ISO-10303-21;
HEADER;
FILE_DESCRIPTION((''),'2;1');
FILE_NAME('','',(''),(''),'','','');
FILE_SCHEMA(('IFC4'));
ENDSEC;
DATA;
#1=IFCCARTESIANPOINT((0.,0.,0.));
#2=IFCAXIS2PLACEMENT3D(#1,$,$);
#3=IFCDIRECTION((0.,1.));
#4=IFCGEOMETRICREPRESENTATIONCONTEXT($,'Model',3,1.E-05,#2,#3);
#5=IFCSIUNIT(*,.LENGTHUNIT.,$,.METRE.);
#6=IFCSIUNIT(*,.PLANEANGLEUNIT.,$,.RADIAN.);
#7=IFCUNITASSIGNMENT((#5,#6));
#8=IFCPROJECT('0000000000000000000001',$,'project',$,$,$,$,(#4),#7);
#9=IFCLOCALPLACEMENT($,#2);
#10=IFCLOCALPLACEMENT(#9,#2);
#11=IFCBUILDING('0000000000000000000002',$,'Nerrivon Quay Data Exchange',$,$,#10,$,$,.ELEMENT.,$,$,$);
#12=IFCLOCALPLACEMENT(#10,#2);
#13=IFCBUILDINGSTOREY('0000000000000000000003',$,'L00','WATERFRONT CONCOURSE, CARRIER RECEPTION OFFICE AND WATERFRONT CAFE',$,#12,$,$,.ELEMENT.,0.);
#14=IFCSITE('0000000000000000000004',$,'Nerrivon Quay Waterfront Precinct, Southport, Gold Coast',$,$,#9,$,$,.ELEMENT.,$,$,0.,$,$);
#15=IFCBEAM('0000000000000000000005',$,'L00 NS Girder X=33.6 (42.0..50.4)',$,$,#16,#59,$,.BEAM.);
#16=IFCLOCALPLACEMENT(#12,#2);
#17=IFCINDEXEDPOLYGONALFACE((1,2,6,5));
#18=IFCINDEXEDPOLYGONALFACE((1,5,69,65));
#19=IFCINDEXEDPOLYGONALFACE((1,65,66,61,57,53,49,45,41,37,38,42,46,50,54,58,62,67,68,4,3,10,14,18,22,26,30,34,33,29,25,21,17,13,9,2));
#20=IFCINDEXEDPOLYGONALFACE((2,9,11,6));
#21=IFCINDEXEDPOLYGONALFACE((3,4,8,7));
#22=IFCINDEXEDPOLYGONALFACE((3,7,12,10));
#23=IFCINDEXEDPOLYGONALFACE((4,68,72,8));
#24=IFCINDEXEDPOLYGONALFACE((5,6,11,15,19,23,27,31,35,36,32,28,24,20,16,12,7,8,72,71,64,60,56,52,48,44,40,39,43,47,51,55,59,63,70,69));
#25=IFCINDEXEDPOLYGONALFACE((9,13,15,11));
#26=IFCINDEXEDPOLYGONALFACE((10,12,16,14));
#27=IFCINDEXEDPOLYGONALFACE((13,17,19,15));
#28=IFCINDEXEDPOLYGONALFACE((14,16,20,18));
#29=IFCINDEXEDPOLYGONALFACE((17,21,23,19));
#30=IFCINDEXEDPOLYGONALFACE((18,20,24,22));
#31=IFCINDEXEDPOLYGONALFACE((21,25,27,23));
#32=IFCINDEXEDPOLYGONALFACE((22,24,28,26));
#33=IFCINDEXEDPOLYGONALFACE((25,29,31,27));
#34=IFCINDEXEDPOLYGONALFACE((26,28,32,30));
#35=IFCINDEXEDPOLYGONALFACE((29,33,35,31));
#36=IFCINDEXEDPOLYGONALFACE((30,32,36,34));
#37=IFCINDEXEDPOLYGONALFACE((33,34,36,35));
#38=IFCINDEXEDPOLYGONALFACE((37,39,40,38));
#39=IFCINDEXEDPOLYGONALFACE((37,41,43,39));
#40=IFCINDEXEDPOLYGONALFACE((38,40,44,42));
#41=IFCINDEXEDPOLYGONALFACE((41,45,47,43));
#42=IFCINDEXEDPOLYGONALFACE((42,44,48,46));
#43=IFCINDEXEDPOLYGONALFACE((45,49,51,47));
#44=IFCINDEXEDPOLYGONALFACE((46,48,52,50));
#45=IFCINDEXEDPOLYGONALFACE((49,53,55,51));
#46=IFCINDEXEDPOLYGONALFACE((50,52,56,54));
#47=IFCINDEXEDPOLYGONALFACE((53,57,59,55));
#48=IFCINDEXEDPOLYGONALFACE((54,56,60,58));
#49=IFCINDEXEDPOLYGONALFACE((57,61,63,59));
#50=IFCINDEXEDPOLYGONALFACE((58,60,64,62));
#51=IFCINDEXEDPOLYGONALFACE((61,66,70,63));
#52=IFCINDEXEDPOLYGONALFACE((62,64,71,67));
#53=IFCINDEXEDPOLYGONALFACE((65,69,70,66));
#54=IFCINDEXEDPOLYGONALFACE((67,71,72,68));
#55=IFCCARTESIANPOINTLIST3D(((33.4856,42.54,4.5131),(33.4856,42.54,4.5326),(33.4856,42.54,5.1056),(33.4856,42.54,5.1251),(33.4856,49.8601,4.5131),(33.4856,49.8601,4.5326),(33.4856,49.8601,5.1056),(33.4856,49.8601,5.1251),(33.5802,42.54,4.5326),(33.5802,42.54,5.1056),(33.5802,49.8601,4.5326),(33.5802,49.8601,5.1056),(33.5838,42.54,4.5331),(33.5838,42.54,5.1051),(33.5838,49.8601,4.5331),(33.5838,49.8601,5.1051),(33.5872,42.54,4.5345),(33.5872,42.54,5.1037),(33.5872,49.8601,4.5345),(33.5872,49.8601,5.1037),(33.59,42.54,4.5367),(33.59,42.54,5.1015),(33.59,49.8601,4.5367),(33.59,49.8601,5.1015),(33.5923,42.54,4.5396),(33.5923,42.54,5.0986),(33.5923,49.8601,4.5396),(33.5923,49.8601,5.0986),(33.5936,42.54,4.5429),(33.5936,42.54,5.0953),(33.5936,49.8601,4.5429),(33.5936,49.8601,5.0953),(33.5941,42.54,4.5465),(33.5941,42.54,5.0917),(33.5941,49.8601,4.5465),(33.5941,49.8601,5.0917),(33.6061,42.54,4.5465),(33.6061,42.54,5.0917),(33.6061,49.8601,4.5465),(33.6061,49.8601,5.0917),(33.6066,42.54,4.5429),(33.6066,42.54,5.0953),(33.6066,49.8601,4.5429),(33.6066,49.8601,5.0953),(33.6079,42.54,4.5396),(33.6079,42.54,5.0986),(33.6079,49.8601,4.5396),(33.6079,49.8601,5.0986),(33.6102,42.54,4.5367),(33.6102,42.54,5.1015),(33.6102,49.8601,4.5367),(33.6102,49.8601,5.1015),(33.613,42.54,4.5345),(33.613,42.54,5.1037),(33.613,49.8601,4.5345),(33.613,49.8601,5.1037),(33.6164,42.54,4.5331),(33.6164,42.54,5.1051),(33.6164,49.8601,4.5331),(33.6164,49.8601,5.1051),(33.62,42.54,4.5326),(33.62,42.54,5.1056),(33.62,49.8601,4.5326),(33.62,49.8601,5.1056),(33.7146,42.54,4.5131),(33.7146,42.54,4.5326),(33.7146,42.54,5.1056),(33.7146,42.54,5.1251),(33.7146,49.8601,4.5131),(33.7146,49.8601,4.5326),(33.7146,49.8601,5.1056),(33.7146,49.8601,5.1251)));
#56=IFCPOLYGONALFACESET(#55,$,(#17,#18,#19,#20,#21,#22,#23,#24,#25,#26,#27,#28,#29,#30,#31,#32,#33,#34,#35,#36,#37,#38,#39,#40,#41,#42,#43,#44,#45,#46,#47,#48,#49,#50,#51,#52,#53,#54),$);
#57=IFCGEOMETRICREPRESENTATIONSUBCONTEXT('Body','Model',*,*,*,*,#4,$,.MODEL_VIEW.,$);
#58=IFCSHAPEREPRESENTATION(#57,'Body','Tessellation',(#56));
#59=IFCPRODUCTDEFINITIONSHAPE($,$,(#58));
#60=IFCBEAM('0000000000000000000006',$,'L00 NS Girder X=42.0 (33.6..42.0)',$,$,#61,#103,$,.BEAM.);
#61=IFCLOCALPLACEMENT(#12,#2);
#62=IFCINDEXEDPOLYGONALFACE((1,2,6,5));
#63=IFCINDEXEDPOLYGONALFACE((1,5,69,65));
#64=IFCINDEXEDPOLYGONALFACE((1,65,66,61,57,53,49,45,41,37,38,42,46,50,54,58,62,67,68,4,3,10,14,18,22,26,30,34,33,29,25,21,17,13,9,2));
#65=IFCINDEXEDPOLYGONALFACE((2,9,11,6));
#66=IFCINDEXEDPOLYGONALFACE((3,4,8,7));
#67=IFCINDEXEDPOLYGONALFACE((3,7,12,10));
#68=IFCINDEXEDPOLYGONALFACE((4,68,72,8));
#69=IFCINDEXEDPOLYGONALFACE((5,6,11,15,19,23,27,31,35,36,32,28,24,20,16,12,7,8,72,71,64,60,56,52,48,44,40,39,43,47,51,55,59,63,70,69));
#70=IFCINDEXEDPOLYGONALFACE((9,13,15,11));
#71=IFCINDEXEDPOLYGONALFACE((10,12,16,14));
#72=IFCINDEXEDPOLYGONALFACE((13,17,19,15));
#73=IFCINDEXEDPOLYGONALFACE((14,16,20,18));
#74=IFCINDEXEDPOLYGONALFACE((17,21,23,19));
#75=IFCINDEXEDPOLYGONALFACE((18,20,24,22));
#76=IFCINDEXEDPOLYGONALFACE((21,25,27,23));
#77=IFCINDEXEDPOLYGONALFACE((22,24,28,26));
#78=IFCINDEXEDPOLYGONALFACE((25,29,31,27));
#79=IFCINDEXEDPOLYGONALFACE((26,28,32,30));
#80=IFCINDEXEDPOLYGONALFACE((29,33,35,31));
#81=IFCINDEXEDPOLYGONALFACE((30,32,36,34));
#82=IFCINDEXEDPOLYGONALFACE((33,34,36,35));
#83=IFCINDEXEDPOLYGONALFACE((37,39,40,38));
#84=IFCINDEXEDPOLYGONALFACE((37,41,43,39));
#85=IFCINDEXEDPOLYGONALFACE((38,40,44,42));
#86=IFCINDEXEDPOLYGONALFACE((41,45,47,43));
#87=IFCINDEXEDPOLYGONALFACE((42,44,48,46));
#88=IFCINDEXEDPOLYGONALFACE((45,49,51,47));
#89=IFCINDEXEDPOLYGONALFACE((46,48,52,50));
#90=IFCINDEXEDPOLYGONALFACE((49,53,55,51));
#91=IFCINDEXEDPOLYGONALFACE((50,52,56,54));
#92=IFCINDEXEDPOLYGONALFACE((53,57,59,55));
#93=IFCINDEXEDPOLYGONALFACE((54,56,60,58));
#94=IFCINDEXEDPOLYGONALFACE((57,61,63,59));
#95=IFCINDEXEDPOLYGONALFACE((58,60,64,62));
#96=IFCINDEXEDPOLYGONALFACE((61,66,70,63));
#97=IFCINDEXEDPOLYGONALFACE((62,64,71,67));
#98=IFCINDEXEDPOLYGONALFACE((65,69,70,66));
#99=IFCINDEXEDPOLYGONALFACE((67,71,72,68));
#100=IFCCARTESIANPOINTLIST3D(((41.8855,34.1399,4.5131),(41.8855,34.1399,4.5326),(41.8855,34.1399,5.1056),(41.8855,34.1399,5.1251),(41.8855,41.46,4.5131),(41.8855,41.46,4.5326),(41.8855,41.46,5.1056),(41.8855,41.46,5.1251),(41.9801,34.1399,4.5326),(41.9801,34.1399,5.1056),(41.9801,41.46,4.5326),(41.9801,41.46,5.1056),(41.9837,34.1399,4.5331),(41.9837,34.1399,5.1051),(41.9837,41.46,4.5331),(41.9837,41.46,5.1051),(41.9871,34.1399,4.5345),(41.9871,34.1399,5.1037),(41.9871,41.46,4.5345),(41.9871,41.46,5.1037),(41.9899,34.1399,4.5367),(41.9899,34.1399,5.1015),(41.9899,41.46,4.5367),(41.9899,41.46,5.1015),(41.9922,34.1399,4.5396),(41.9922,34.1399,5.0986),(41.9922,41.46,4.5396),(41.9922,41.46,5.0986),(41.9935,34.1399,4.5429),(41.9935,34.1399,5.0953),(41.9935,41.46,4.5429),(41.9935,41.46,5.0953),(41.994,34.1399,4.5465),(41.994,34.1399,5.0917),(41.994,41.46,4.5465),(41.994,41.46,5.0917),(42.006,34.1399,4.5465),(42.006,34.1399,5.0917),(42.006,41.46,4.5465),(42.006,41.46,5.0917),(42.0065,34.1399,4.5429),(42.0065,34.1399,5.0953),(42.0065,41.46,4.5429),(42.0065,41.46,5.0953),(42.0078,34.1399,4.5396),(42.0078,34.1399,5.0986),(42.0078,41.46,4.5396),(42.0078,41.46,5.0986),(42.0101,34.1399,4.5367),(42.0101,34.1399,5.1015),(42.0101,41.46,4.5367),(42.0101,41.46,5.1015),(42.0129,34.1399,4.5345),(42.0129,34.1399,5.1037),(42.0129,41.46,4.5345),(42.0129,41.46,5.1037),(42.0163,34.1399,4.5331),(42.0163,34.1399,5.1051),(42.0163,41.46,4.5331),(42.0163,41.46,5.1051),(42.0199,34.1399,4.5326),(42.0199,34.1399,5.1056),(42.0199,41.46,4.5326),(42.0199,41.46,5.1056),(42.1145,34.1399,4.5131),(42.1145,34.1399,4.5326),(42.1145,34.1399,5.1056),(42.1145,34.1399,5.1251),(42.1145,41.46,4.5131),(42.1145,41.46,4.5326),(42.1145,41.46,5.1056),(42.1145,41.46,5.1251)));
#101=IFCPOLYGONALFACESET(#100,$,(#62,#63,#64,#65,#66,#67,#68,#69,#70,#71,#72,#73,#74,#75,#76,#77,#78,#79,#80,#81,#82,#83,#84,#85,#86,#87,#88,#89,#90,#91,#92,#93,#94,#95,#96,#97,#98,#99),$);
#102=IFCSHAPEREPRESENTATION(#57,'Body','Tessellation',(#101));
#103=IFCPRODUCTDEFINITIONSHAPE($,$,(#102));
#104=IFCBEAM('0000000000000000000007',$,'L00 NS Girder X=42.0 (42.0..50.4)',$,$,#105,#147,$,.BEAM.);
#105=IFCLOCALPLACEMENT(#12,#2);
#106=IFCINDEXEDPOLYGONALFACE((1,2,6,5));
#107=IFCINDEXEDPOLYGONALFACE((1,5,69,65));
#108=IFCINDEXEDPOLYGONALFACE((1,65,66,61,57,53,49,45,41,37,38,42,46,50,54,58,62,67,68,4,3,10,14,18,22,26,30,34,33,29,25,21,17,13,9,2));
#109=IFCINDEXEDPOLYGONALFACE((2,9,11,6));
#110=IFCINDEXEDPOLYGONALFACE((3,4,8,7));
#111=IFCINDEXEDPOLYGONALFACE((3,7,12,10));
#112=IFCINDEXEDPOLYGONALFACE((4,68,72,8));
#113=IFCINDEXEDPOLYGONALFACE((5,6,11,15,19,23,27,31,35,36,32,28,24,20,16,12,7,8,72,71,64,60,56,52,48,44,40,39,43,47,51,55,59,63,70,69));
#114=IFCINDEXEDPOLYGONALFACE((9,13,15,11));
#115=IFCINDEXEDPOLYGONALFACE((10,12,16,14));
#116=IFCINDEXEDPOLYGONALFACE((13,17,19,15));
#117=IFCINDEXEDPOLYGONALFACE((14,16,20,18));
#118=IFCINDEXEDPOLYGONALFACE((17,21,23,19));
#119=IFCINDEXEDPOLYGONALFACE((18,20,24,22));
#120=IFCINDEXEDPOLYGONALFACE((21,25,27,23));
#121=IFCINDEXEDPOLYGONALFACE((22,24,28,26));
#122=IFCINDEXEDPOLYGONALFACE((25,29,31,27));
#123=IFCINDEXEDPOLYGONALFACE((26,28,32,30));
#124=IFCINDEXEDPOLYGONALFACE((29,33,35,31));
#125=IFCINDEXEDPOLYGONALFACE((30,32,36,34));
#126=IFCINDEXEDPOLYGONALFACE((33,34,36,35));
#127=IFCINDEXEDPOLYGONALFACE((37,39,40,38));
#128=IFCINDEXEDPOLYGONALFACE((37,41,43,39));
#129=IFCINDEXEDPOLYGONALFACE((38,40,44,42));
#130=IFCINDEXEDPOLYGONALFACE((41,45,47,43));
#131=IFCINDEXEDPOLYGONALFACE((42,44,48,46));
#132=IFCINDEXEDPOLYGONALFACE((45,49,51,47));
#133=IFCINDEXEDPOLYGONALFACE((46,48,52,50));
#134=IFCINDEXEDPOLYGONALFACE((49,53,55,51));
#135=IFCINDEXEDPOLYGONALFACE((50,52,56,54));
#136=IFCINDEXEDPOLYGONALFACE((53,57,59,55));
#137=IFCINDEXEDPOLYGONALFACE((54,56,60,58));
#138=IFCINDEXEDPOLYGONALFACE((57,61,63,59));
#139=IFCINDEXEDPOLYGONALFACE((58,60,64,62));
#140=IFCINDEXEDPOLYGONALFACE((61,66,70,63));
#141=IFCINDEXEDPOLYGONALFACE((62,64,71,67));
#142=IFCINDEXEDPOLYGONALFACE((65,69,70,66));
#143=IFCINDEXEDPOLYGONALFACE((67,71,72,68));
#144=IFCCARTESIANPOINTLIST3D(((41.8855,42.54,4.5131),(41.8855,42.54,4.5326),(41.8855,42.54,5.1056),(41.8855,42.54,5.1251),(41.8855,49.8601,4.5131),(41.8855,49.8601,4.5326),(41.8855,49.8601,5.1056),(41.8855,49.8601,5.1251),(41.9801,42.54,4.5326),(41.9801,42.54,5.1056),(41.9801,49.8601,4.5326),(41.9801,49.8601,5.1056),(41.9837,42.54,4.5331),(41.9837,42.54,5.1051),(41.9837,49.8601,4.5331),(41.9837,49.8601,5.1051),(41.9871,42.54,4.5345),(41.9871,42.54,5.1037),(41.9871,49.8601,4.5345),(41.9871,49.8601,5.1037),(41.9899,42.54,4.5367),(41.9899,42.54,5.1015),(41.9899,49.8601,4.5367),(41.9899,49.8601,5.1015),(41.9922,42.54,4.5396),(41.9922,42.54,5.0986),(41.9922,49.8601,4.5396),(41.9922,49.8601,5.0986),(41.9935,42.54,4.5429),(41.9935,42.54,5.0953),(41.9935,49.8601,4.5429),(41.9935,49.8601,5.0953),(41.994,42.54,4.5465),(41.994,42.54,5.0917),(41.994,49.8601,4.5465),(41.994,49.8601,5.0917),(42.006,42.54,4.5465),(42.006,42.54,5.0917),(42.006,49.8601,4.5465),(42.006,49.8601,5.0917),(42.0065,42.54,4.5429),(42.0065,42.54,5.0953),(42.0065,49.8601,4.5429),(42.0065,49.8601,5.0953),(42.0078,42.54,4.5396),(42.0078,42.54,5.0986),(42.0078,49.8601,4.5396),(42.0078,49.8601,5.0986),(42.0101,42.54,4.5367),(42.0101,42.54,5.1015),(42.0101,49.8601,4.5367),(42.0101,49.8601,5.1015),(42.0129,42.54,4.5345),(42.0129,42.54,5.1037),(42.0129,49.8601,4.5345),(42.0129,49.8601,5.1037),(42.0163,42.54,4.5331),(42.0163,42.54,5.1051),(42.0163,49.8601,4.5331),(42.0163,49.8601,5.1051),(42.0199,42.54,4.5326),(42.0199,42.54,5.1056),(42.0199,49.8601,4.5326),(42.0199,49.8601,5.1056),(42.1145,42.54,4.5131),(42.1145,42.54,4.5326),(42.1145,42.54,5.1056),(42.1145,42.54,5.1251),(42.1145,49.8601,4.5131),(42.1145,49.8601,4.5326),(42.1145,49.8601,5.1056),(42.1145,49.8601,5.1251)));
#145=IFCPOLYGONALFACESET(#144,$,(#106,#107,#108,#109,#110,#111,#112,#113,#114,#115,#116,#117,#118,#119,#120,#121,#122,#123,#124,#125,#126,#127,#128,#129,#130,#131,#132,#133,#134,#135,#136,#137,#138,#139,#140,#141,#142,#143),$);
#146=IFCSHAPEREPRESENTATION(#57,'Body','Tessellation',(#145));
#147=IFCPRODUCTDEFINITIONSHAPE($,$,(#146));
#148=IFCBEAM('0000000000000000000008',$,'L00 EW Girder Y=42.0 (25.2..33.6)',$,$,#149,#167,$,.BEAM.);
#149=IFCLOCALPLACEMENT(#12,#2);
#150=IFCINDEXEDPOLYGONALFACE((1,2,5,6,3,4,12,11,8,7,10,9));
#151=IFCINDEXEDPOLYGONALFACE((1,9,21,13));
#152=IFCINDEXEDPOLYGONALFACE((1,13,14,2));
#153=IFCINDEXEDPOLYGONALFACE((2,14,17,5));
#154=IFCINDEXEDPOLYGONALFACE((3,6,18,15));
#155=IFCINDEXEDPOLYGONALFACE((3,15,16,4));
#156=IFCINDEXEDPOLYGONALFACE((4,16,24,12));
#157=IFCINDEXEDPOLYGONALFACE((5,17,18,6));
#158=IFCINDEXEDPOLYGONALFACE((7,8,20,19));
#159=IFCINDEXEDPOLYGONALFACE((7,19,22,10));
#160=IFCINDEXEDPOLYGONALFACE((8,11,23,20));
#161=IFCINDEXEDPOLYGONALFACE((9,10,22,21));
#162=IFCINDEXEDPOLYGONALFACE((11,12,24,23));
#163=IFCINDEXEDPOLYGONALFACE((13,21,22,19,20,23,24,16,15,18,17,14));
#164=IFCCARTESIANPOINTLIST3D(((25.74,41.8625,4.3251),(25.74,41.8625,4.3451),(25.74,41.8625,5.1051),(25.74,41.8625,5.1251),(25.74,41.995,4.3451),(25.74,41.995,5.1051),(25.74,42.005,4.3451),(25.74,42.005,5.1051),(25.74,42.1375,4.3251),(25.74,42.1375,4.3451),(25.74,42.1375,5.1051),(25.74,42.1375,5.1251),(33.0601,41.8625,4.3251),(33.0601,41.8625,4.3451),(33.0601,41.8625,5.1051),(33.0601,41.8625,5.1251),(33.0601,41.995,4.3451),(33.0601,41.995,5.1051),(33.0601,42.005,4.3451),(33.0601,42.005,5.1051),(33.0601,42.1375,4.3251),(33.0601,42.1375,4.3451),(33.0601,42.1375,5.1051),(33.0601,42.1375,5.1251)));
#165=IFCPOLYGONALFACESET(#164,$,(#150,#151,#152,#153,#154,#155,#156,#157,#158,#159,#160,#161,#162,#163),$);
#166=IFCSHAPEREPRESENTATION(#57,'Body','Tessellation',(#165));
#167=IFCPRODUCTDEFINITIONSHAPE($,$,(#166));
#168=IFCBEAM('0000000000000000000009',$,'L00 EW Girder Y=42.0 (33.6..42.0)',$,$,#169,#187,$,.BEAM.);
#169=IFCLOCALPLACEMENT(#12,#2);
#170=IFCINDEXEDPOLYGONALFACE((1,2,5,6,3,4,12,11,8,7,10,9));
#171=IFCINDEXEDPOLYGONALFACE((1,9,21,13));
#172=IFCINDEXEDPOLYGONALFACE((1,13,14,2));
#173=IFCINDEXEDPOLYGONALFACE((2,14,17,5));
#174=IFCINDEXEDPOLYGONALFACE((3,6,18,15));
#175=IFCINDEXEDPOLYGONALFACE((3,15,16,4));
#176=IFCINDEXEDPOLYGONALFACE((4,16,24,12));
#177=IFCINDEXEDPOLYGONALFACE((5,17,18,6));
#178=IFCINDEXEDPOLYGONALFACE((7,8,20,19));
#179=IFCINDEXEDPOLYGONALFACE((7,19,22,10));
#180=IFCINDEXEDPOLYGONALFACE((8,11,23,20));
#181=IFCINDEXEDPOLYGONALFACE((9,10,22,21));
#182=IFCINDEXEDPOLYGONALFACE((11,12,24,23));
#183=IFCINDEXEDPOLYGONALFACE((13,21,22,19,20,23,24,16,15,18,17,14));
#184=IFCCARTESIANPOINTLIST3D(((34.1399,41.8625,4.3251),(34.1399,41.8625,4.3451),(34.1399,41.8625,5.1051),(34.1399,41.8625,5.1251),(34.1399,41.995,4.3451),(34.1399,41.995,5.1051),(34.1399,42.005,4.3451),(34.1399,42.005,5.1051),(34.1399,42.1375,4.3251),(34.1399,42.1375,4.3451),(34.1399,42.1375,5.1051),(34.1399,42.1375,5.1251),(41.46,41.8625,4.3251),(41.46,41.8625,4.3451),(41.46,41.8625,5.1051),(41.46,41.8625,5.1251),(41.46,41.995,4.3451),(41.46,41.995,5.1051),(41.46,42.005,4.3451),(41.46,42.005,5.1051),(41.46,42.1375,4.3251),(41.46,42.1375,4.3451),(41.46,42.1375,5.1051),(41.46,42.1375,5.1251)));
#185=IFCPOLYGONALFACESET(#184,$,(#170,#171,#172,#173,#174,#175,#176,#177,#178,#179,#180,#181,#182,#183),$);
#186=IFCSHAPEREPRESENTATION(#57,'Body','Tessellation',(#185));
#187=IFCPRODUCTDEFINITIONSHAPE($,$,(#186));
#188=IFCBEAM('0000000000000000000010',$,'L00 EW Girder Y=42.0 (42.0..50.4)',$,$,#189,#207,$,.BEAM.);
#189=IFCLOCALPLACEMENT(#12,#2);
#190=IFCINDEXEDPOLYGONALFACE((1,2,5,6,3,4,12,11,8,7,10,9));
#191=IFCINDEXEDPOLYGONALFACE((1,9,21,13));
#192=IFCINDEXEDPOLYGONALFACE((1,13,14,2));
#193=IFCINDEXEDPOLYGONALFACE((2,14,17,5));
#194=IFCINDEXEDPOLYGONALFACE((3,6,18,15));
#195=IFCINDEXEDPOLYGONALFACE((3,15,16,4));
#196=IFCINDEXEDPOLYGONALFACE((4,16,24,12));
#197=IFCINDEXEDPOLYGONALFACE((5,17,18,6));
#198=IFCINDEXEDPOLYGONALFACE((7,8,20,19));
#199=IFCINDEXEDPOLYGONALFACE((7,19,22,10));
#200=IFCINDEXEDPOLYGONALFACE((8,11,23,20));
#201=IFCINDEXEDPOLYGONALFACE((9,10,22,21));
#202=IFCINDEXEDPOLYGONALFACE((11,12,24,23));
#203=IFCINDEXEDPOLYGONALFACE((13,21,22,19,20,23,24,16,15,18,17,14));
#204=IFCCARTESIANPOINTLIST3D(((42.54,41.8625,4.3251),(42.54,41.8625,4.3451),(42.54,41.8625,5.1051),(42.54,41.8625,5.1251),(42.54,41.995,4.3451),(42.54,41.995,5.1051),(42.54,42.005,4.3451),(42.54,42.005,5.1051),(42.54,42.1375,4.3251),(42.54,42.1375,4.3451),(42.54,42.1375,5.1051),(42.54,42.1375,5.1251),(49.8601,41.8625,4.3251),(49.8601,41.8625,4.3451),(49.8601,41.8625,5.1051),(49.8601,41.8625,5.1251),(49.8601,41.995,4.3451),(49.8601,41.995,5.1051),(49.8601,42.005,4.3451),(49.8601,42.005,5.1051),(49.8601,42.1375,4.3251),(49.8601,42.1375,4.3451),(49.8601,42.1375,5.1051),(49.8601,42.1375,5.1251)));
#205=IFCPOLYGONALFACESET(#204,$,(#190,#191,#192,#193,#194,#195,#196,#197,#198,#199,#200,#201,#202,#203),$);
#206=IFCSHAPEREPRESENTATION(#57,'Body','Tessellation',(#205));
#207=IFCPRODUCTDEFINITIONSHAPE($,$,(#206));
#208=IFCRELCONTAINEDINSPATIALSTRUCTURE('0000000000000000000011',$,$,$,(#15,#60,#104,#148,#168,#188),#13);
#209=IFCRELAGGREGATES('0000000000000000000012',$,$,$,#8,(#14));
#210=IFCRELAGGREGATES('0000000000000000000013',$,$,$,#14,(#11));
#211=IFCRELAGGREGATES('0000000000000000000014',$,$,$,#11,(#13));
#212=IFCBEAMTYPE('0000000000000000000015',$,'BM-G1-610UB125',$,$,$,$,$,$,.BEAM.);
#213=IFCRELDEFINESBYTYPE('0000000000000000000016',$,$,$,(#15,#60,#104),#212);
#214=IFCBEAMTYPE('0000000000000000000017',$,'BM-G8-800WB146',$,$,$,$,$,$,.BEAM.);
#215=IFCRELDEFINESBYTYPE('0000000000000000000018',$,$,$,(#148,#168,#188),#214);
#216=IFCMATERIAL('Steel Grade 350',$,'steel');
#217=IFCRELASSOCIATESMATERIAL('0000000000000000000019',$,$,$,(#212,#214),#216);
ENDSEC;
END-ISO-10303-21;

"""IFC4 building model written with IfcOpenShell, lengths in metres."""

from ifc_helpers import new_model, si_unit, direction, frame, origin, origin_2d, place, context, subcontext, project, spatial, i_section, extrude, material, material_profile, profile_set, type_object, element, save


model = new_model("IFC4")

# Units and contexts
model_context = context("Model", 3, precision=1e-05, world=origin(), true_north=direction((0.0, 1.0)))
body_context = subcontext(model_context, "Body", "Model", "MODEL_VIEW")
ifc_project = project(units=[si_unit("LENGTHUNIT", "METRE"), si_unit("PLANEANGLEUNIT", "RADIAN")], contexts=[model_context])

# Site, building, storey
site_placement = place(None, origin())
site = spatial("IfcSite", under=ifc_project, at=site_placement, Name="Nerrivon Quay Waterfront Precinct, Southport, Gold Coast", CompositionType="ELEMENT", RefElevation=0.0)
building_placement = place(site_placement, origin())
building = spatial("IfcBuilding", under=site, at=building_placement, Name="Nerrivon Quay Data Exchange", CompositionType="ELEMENT")
storey_placement = place(building_placement, origin())
storey = spatial("IfcBuildingStorey", under=building, at=storey_placement, Name="L00", Description="WATERFRONT CONCOURSE, CARRIER RECEPTION OFFICE AND WATERFRONT CAFE", CompositionType="ELEMENT", Elevation=0.0)

# Beams
ifc_material_1 = material(Name="Steel Grade 350", Category="steel")
ifc_material_profile_1 = material_profile(ifc_material_1, i_section(OverallWidth=0.229, OverallDepth=0.6121, WebThickness=0.012, FlangeThickness=0.0195, FilletRadius=0.0139, at=origin_2d()), Name="610UB125")
ifc_profile_set_1 = profile_set([ifc_material_profile_1], Name="Steel Grade 350")
beam_type_1 = type_object("IfcBeamType", Name="BM-G1-610UB125", PredefinedType="BEAM", material=ifc_profile_set_1)
for number, where, z_axis, x_axis, name in (
    (1, (33.6001, 42.54, 4.8191), (0.0, 1.0, 0.0), (-1.0, 0.0, 0.0), "L00 NS Girder X=33.6 (42.0..50.4)"),
    (2, (42.0, 34.1399, 4.8191), (0.0, 1.0, 0.0), (-1.0, 0.0, 0.0), "L00 NS Girder X=42.0 (33.6..42.0)"),
    (3, (42.0, 42.54, 4.8191), (0.0, 1.0, 0.0), (-1.0, 0.0, 0.0), "L00 NS Girder X=42.0 (42.0..50.4)"),
):
    element("IfcBeam", number, at=place(storey_placement, frame(where, z_axis=z_axis, x_axis=x_axis)), inside=storey, type_object=beam_type_1, Name=name, PredefinedType="BEAM", context=body_context, shape_type="SweptSolid", body=[
        extrude(i_section(OverallWidth=0.229, OverallDepth=0.6121, WebThickness=0.012, FlangeThickness=0.0195, FilletRadius=0.0139, at=origin_2d()), origin(), (0.0, 0.0, 1.0), 7.3201),
    ])
ifc_material_profile_2 = material_profile(ifc_material_1, i_section(OverallWidth=0.2749, OverallDepth=0.8, WebThickness=0.01, FlangeThickness=0.02, at=origin_2d()), Name="800WB146")
ifc_profile_set_2 = profile_set([ifc_material_profile_2], Name="Steel Grade 350")
beam_type_2 = type_object("IfcBeamType", Name="BM-G8-800WB146", PredefinedType="BEAM", material=ifc_profile_set_2)
for number, where, z_axis, x_axis, name in (
    (4, (25.74, 42.0, 4.7251), (1.0, 0.0, 0.0), (0.0, 1.0, 0.0), "L00 EW Girder Y=42.0 (25.2..33.6)"),
    (5, (34.1399, 42.0, 4.7251), (1.0, 0.0, 0.0), (0.0, 1.0, 0.0), "L00 EW Girder Y=42.0 (33.6..42.0)"),
    (6, (42.54, 42.0, 4.7251), (1.0, 0.0, 0.0), (0.0, 1.0, 0.0), "L00 EW Girder Y=42.0 (42.0..50.4)"),
):
    element("IfcBeam", number, at=place(storey_placement, frame(where, z_axis=z_axis, x_axis=x_axis)), inside=storey, type_object=beam_type_2, Name=name, PredefinedType="BEAM", context=body_context, shape_type="SweptSolid", body=[
        extrude(i_section(OverallWidth=0.2749, OverallDepth=0.8, WebThickness=0.01, FlangeThickness=0.02, at=origin_2d()), origin(), (0.0, 0.0, 1.0), 7.3201),
    ])

save(model, "model.ifc")
